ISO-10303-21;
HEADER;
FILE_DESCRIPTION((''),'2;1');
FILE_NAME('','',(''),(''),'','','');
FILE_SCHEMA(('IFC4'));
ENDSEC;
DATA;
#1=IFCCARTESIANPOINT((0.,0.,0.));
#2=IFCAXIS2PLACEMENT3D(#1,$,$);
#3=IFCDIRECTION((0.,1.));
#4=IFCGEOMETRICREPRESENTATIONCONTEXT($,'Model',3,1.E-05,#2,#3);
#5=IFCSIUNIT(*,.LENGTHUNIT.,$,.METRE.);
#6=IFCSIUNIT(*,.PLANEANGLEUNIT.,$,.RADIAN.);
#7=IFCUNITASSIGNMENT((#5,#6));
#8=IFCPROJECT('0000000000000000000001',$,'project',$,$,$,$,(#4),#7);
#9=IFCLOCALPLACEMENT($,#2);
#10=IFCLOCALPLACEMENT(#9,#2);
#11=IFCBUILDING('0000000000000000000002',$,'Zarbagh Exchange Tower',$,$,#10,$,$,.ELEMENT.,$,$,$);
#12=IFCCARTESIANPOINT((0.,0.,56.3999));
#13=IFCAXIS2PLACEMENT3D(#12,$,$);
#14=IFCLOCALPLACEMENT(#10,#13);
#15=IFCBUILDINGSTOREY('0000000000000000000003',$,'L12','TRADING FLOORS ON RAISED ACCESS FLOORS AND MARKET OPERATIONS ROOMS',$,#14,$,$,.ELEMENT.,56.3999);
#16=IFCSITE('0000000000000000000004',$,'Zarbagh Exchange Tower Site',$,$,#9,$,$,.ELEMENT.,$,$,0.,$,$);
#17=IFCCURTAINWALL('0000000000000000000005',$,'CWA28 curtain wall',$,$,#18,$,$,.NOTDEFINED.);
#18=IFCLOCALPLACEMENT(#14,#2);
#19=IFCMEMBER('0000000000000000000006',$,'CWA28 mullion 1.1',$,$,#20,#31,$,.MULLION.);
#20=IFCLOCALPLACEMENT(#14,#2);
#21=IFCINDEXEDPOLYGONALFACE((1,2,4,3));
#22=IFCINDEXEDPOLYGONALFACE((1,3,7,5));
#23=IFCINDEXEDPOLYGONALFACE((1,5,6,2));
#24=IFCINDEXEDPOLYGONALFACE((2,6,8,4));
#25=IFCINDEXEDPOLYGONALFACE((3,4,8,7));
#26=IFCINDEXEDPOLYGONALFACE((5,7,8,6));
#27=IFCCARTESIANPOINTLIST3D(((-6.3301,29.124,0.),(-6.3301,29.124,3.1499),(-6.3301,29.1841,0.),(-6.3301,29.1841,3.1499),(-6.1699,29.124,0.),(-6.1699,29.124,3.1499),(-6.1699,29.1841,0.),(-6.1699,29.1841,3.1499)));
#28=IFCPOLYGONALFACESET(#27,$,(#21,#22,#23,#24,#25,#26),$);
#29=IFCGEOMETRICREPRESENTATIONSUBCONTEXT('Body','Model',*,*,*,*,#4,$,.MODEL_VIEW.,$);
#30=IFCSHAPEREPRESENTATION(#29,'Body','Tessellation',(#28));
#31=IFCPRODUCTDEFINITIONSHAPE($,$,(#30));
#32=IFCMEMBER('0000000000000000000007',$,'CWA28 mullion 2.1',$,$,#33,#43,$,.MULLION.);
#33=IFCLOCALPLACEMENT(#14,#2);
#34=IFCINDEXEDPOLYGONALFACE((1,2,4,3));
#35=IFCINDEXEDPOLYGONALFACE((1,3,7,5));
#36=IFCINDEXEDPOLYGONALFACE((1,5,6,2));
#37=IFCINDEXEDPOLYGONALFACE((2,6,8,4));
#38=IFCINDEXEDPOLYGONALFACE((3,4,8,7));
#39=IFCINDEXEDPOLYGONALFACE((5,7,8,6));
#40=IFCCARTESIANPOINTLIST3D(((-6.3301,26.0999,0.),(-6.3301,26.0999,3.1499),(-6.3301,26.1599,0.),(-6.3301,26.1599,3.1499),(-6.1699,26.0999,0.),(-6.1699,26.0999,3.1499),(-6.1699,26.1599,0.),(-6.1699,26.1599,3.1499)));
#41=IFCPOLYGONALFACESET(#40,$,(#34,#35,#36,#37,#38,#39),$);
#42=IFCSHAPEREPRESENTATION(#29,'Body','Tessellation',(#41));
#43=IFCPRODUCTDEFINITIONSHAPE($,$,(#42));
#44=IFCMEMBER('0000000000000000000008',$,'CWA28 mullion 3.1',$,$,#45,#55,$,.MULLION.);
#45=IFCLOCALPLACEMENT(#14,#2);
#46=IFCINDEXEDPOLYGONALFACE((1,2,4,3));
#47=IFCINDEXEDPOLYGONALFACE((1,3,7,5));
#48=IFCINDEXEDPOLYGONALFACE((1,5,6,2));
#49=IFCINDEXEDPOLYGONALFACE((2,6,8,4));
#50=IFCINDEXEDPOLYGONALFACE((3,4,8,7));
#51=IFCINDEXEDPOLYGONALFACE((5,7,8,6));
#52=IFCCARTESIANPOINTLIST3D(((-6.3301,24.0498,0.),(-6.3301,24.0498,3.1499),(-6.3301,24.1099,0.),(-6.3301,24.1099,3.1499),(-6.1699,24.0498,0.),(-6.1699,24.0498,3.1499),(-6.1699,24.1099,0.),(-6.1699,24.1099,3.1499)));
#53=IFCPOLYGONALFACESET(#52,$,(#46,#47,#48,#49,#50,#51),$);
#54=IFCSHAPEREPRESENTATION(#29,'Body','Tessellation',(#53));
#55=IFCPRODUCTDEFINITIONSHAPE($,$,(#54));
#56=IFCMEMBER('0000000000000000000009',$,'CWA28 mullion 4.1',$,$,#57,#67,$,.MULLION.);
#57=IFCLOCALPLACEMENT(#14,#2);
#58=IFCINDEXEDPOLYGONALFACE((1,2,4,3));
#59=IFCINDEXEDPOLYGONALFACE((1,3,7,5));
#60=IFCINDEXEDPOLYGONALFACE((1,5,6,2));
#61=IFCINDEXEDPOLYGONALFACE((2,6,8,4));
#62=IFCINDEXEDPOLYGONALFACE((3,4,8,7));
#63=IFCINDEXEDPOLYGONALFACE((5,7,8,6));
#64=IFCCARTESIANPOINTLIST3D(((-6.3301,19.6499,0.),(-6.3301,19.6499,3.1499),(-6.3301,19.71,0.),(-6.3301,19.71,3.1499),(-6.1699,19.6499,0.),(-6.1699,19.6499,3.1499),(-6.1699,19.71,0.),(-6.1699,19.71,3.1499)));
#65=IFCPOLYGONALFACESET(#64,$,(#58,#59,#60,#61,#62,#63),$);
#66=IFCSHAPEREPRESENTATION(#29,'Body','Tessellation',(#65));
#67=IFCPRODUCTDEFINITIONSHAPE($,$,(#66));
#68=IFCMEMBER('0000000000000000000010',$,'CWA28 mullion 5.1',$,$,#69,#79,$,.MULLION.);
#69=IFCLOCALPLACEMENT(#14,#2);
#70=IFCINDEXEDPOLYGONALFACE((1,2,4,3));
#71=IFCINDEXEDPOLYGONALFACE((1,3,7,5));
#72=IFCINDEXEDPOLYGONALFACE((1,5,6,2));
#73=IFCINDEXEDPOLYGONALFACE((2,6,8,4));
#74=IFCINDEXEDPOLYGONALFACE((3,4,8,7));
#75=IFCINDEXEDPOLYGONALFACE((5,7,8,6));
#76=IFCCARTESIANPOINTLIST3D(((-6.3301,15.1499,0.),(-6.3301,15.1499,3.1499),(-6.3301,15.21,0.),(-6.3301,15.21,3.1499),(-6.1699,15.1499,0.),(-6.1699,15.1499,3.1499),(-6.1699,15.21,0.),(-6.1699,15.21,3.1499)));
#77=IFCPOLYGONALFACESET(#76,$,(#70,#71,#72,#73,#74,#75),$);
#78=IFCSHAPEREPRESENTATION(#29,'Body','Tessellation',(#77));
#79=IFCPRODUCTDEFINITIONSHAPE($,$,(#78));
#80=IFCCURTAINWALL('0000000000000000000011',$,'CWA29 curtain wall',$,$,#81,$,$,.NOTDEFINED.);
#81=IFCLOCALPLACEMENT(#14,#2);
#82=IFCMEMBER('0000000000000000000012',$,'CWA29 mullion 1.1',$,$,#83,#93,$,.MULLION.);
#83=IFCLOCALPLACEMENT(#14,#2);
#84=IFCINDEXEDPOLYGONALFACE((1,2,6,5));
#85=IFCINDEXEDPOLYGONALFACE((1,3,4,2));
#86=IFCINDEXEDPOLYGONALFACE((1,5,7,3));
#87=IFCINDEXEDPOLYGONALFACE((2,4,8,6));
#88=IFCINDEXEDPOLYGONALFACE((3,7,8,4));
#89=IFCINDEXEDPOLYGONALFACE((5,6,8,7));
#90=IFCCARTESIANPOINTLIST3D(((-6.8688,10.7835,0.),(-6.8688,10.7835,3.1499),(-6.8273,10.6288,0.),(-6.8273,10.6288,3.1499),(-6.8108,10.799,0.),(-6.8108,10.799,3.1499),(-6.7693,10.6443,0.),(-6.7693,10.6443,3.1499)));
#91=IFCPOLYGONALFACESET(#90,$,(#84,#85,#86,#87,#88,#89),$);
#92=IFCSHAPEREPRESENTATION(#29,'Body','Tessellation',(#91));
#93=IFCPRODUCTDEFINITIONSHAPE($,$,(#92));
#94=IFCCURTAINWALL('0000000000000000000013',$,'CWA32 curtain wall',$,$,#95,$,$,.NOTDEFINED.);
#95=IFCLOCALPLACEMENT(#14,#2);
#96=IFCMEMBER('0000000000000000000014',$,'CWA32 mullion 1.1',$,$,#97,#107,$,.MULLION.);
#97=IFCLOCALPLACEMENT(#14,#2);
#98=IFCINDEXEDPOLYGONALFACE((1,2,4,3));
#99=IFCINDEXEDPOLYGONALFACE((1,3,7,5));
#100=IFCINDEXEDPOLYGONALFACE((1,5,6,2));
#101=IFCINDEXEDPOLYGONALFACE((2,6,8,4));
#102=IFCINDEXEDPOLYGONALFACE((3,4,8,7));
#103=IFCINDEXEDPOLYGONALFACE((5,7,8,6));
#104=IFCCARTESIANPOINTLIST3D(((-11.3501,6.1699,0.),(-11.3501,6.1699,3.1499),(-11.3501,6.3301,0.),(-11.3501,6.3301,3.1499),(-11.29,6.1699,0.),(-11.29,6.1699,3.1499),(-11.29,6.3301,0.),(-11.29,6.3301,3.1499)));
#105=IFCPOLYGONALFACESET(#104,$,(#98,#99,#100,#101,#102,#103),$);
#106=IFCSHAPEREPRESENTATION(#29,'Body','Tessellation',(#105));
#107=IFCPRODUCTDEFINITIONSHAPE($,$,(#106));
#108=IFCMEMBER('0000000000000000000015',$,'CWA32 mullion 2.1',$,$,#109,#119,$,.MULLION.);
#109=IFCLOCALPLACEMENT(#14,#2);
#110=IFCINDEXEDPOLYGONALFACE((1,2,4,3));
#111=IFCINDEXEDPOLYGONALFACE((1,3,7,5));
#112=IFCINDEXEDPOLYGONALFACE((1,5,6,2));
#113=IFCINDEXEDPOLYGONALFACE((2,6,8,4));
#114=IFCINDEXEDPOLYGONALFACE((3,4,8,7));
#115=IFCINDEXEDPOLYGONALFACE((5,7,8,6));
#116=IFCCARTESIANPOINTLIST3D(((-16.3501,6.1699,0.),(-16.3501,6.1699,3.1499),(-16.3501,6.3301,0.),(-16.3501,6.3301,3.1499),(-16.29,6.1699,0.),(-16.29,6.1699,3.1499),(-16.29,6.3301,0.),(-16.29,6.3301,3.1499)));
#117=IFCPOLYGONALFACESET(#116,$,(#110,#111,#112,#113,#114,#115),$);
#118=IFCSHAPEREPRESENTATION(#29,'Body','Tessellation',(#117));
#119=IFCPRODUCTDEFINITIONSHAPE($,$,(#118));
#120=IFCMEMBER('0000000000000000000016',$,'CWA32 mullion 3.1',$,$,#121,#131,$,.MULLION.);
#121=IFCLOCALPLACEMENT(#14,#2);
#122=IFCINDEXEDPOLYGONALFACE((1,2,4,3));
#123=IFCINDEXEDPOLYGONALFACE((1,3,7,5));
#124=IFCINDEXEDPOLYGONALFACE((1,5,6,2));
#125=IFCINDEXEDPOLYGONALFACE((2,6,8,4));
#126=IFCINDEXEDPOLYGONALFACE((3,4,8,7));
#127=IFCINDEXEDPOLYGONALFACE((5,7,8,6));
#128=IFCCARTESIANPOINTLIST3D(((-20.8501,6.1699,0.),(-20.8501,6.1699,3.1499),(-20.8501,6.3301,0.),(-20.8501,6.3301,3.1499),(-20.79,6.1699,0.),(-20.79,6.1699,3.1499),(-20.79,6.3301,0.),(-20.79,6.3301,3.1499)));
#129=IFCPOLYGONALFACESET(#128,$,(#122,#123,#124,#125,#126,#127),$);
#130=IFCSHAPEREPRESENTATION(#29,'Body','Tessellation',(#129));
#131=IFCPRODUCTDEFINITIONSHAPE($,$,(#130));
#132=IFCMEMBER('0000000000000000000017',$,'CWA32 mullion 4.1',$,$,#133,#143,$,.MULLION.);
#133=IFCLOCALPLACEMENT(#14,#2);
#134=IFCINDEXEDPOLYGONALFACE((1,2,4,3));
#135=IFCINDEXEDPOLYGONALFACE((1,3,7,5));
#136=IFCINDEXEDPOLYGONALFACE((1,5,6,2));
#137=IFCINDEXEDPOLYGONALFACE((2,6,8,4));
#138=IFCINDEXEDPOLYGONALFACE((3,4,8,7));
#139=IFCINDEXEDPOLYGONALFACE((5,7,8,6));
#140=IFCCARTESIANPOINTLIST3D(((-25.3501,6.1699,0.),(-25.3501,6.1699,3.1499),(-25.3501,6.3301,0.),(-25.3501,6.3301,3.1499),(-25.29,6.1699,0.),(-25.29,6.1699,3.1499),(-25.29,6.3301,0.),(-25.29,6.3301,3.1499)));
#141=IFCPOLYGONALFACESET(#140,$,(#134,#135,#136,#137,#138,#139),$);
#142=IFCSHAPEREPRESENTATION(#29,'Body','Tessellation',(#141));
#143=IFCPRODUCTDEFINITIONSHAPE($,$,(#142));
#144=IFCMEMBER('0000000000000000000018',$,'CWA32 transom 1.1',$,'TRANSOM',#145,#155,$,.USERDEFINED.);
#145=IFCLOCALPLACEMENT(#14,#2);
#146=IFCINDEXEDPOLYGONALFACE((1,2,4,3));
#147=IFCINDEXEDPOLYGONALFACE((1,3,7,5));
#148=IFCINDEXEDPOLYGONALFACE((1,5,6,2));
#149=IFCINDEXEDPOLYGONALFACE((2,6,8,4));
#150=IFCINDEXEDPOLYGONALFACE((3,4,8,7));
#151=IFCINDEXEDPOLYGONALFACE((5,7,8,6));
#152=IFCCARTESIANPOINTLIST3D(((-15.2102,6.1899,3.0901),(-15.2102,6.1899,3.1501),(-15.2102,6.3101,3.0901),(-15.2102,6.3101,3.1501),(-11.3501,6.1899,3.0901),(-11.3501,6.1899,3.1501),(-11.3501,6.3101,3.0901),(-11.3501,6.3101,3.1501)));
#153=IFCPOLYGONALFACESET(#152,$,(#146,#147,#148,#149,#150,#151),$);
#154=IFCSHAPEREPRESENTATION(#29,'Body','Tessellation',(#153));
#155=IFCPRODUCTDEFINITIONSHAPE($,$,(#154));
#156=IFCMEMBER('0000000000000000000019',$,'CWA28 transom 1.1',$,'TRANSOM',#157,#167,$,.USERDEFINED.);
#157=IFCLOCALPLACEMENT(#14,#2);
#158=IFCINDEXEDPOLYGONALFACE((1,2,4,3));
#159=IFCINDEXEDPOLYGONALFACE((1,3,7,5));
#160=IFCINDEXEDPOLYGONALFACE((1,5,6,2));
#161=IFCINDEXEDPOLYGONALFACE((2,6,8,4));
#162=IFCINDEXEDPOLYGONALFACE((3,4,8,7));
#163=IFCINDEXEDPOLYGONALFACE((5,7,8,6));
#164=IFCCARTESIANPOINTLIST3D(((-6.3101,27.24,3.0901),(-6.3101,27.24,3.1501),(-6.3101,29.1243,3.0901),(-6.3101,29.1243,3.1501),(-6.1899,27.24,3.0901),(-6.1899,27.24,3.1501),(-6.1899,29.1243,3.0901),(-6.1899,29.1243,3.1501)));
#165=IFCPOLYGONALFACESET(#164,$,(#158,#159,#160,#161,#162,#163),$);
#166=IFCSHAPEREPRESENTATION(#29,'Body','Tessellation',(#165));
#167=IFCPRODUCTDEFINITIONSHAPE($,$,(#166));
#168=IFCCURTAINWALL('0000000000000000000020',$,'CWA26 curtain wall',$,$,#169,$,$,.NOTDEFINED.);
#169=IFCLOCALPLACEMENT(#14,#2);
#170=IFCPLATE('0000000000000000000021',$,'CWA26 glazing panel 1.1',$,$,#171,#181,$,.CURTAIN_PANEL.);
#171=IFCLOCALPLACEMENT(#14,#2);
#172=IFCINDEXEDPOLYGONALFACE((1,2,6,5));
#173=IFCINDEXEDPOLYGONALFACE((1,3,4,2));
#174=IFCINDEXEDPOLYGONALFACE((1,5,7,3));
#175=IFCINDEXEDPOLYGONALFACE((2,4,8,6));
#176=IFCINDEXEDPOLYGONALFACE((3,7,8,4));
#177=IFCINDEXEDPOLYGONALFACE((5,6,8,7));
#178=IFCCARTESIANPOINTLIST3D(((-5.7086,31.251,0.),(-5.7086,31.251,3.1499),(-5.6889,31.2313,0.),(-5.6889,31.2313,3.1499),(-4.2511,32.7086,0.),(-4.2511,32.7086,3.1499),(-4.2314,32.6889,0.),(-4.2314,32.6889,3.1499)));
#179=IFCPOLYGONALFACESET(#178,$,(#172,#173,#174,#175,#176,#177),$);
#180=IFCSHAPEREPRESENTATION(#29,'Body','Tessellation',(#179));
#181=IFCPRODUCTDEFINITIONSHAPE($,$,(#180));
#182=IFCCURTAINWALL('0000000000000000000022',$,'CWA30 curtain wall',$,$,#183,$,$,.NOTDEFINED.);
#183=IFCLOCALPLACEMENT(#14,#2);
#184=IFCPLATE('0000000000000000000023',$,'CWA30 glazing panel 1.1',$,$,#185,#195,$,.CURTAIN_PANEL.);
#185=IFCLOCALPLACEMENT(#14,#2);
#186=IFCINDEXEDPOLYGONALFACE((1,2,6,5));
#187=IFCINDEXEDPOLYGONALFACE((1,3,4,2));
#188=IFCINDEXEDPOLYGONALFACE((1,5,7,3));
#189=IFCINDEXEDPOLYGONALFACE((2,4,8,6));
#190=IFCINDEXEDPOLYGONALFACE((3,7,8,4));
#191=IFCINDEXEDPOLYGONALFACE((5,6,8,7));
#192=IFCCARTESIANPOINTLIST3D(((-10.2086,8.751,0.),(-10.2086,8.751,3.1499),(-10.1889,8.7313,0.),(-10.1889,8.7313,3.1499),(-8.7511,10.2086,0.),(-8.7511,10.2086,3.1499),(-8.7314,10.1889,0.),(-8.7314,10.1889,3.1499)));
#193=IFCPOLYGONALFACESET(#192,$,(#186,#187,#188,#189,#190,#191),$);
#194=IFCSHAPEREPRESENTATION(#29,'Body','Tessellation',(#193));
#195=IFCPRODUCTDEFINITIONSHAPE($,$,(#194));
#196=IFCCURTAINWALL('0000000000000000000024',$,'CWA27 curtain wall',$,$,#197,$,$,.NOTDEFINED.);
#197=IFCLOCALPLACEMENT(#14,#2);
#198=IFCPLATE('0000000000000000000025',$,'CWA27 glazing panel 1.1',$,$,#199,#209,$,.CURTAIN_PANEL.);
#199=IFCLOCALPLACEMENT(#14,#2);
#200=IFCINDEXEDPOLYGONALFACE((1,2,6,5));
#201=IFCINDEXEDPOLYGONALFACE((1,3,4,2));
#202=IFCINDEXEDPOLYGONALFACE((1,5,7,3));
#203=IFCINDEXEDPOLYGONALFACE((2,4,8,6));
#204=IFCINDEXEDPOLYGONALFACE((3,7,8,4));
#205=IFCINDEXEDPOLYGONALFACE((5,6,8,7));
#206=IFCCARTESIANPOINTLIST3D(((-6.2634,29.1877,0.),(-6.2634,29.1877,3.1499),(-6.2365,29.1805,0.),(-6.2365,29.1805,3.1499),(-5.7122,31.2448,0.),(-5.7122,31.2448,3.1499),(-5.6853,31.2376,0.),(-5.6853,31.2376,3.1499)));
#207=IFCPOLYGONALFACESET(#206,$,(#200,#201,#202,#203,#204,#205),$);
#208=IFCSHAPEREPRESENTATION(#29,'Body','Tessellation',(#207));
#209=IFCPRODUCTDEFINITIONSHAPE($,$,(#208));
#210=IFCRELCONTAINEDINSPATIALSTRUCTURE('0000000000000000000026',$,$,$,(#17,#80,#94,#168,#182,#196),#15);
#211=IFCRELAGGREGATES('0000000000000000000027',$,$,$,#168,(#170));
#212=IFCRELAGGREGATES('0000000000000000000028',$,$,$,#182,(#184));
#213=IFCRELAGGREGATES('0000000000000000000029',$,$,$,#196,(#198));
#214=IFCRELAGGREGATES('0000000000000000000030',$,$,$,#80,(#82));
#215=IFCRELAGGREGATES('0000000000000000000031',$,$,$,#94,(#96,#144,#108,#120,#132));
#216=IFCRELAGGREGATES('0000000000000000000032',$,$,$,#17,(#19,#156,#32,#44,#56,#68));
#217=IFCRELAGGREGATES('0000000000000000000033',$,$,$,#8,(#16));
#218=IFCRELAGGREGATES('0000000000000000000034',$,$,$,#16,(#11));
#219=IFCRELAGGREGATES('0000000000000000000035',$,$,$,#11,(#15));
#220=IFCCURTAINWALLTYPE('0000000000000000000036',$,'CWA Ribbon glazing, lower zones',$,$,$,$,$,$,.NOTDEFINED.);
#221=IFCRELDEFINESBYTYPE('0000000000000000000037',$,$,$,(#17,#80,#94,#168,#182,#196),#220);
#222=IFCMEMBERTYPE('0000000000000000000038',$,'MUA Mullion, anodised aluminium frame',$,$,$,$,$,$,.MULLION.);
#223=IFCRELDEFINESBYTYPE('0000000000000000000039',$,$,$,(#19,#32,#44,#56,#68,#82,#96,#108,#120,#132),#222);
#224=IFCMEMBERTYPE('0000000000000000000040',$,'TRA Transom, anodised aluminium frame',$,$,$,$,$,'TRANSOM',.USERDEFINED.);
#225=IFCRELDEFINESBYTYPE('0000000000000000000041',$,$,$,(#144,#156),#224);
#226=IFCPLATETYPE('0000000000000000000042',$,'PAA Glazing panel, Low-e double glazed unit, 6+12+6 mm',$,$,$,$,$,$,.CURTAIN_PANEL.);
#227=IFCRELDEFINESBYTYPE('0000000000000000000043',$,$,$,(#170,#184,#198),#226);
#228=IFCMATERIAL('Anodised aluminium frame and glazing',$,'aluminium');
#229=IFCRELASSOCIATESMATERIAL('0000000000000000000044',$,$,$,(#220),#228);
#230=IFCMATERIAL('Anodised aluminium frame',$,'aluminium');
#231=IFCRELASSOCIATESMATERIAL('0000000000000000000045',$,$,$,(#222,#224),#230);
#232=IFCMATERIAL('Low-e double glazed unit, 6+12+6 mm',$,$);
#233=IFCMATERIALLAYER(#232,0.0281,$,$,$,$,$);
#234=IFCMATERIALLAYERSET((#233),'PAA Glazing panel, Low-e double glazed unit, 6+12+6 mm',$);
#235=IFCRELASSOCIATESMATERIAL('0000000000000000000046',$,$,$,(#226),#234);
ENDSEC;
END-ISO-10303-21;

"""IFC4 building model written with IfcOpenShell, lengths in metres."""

from ifc_helpers import new_model, si_unit, direction, frame, origin, place, context, subcontext, project, spatial, polyline, outline, extrude, source, transform, mapped, material, layer, layer_set, type_object, element, aggregate, save


model = new_model("IFC4")

# Units and contexts
model_context = context("Model", 3, precision=1e-05, world=origin(), true_north=direction((0.0, 1.0)))
body_context = subcontext(model_context, "Body", "Model", "MODEL_VIEW")
ifc_project = project(units=[si_unit("LENGTHUNIT", "METRE"), si_unit("PLANEANGLEUNIT", "RADIAN")], contexts=[model_context])

# Site, building, storey
site_placement = place(None, origin())
site = spatial("IfcSite", under=ifc_project, at=site_placement, Name="Zarbagh Exchange Tower Site", CompositionType="ELEMENT", RefElevation=0.0)
building_placement = place(site_placement, origin())
building = spatial("IfcBuilding", under=site, at=building_placement, Name="Zarbagh Exchange Tower", CompositionType="ELEMENT")
storey_placement = place(building_placement, frame((0.0, 0.0, 56.3999)))
storey = spatial("IfcBuildingStorey", under=building, at=storey_placement, Name="L12", Description="TRADING FLOORS ON RAISED ACCESS FLOORS AND MARKET OPERATIONS ROOMS", CompositionType="ELEMENT", Elevation=56.3999)

# Curtain wall, members
ifc_material_1 = material(Name="Anodised aluminium frame and glazing", Category="aluminium")
curtain_wall_type = type_object("IfcCurtainWallType", Name="CWA Ribbon glazing, lower zones", PredefinedType="NOTDEFINED", material=ifc_material_1)
curtain_wall_1_placement = place(storey_placement, origin())
curtain_wall_1 = element("IfcCurtainWall", 1, at=curtain_wall_1_placement, inside=storey, type_object=curtain_wall_type, Name="CWA28 curtain wall", PredefinedType="NOTDEFINED")
ifc_material_2 = material(Name="Anodised aluminium frame", Category="aluminium")
member_type_1 = type_object("IfcMemberType", Name="MUA Mullion, anodised aluminium frame", PredefinedType="MULLION", material=ifc_material_2)
shared_shape_1 = source(origin(), body_context, "Body", "SweptSolid", [
    extrude(outline(polyline([(0.0, -0.0801), (0.0601, -0.0801), (0.0601, 0.0801), (0.0, 0.0801), (0.0, -0.0801)])), origin(), (0.0, 0.0, 1.0), 3.1499),
])
placement = place(storey_placement, origin())
member_1 = element("IfcMember", 2, at=placement, type_object=member_type_1, Name="CWA28 mullion 1.1", PredefinedType="MULLION", context=body_context, shape_type="MappedRepresentation", body=[
    mapped(shared_shape_1, transform((-6.25, 29.1841, 0.0), x_axis=(0.0, -1.0, 0.0), y_axis=(1.0, 0.0, 0.0), z_axis=(0.0, 0.0, 1.0))),
])
member_2 = element("IfcMember", 3, at=placement, type_object=member_type_1, Name="CWA28 mullion 2.1", PredefinedType="MULLION", context=body_context, shape_type="MappedRepresentation", body=[
    mapped(shared_shape_1, transform((-6.25, 26.1599, 0.0), x_axis=(0.0, -1.0, 0.0), y_axis=(1.0, 0.0, 0.0), z_axis=(0.0, 0.0, 1.0))),
])
member_3 = element("IfcMember", 4, at=placement, type_object=member_type_1, Name="CWA28 mullion 3.1", PredefinedType="MULLION", context=body_context, shape_type="MappedRepresentation", body=[
    mapped(shared_shape_1, transform((-6.25, 24.1099, 0.0), x_axis=(0.0, -1.0, 0.0), y_axis=(1.0, 0.0, 0.0), z_axis=(0.0, 0.0, 1.0))),
])
member_4 = element("IfcMember", 5, at=placement, type_object=member_type_1, Name="CWA28 mullion 4.1", PredefinedType="MULLION", context=body_context, shape_type="MappedRepresentation", body=[
    mapped(shared_shape_1, transform((-6.25, 19.71, 0.0), x_axis=(0.0, -1.0, 0.0), y_axis=(1.0, 0.0, 0.0), z_axis=(0.0, 0.0, 1.0))),
])
member_5 = element("IfcMember", 6, at=placement, type_object=member_type_1, Name="CWA28 mullion 5.1", PredefinedType="MULLION", context=body_context, shape_type="MappedRepresentation", body=[
    mapped(shared_shape_1, transform((-6.25, 15.21, 0.0), x_axis=(0.0, -1.0, 0.0), y_axis=(1.0, 0.0, 0.0), z_axis=(0.0, 0.0, 1.0))),
])

# Curtain wall, member
curtain_wall_2_placement = place(storey_placement, origin())
curtain_wall_2 = element("IfcCurtainWall", 7, at=curtain_wall_2_placement, inside=storey, type_object=curtain_wall_type, Name="CWA29 curtain wall", PredefinedType="NOTDEFINED")
member_6 = element("IfcMember", 8, at=placement, type_object=member_type_1, Name="CWA29 mullion 1.1", PredefinedType="MULLION", context=body_context, shape_type="MappedRepresentation", body=[
    mapped(shared_shape_1, transform((-6.79, 10.7217, 0.0), x_axis=(-0.965924, -0.258825, 0.0), y_axis=(0.258825, -0.965924, 0.0), z_axis=(0.0, 0.0, 1.0))),
])

# Curtain wall, members
curtain_wall_3_placement = place(storey_placement, origin())
curtain_wall_3 = element("IfcCurtainWall", 9, at=curtain_wall_3_placement, inside=storey, type_object=curtain_wall_type, Name="CWA32 curtain wall", PredefinedType="NOTDEFINED")
member_7 = element("IfcMember", 10, at=placement, type_object=member_type_1, Name="CWA32 mullion 1.1", PredefinedType="MULLION", context=body_context, shape_type="MappedRepresentation", body=[
    mapped(shared_shape_1, transform((-11.29, 6.25, 0.0), x_axis=(-1.0, 0.0, 0.0), y_axis=(0.0, -1.0, 0.0), z_axis=(0.0, 0.0, 1.0))),
])
member_8 = element("IfcMember", 11, at=placement, type_object=member_type_1, Name="CWA32 mullion 2.1", PredefinedType="MULLION", context=body_context, shape_type="MappedRepresentation", body=[
    mapped(shared_shape_1, transform((-16.29, 6.25, 0.0), x_axis=(-1.0, 0.0, 0.0), y_axis=(0.0, -1.0, 0.0), z_axis=(0.0, 0.0, 1.0))),
])
member_9 = element("IfcMember", 12, at=placement, type_object=member_type_1, Name="CWA32 mullion 3.1", PredefinedType="MULLION", context=body_context, shape_type="MappedRepresentation", body=[
    mapped(shared_shape_1, transform((-20.79, 6.25, 0.0), x_axis=(-1.0, 0.0, 0.0), y_axis=(0.0, -1.0, 0.0), z_axis=(0.0, 0.0, 1.0))),
])
member_10 = element("IfcMember", 13, at=placement, type_object=member_type_1, Name="CWA32 mullion 4.1", PredefinedType="MULLION", context=body_context, shape_type="MappedRepresentation", body=[
    mapped(shared_shape_1, transform((-25.29, 6.25, 0.0), x_axis=(-1.0, 0.0, 0.0), y_axis=(0.0, -1.0, 0.0), z_axis=(0.0, 0.0, 1.0))),
])
member_type_2 = type_object("IfcMemberType", Name="TRA Transom, anodised aluminium frame", ElementType="TRANSOM", PredefinedType="USERDEFINED", material=ifc_material_2)
shared_shape_2 = source(origin(), body_context, "Body", "SweptSolid", [
    extrude(outline(polyline([(-0.0601, -0.0601), (0.0, -0.0601), (0.0, 0.0601), (-0.0601, 0.0601), (-0.0601, -0.0601)])), origin(), (0.0, 0.0, 1.0), 3.8601),
])
member_11 = element("IfcMember", 14, at=placement, type_object=member_type_2, Name="CWA32 transom 1.1", ObjectType="TRANSOM", PredefinedType="USERDEFINED", context=body_context, shape_type="MappedRepresentation", body=[
    mapped(shared_shape_2, transform((-11.3501, 6.25, 3.1501), x_axis=(0.0, 0.0, 1.0), y_axis=(0.0, 1.0, 0.0), z_axis=(-1.0, 0.0, 0.0))),
])

# Member
shared_shape_3 = source(origin(), body_context, "Body", "SweptSolid", [
    extrude(outline(polyline([(-0.0601, -0.0601), (0.0, -0.0601), (0.0, 0.0601), (-0.0601, 0.0601), (-0.0601, -0.0601)])), origin(), (0.0, 0.0, 1.0), 1.8843),
])
member_12 = element("IfcMember", 15, at=placement, type_object=member_type_2, Name="CWA28 transom 1.1", ObjectType="TRANSOM", PredefinedType="USERDEFINED", context=body_context, shape_type="MappedRepresentation", body=[
    mapped(shared_shape_3, transform((-6.25, 29.1243, 3.1501), x_axis=(0.0, 0.0, 1.0), y_axis=(-1.0, 0.0, 0.0), z_axis=(0.0, -1.0, 0.0))),
])

# Curtain walls, plates
curtain_wall_4_placement = place(storey_placement, origin())
curtain_wall_4 = element("IfcCurtainWall", 16, at=curtain_wall_4_placement, inside=storey, type_object=curtain_wall_type, Name="CWA26 curtain wall", PredefinedType="NOTDEFINED")
ifc_material_3 = material(Name="Low-e double glazed unit, 6+12+6 mm")
ifc_layer = layer(ifc_material_3, 0.0281)
ifc_layer_set = layer_set([ifc_layer], Name="PAA Glazing panel, Low-e double glazed unit, 6+12+6 mm")
plate_type = type_object("IfcPlateType", Name="PAA Glazing panel, Low-e double glazed unit, 6+12+6 mm", PredefinedType="CURTAIN_PANEL", material=ifc_layer_set)
shared_shape_4 = source(origin(), body_context, "Body", "SweptSolid", [
    extrude(outline(polyline([(0.0, -0.0139), (2.0613, -0.0139), (2.0613, 0.0139), (0.0, 0.0139), (0.0, -0.0139)])), origin(), (0.0, 0.0, 1.0), 3.1499),
])
plate_1 = element("IfcPlate", 17, at=placement, type_object=plate_type, Name="CWA26 glazing panel 1.1", PredefinedType="CURTAIN_PANEL", context=body_context, shape_type="MappedRepresentation", body=[
    mapped(shared_shape_4, transform((-4.2412, 32.6987, 0.0), x_axis=(-0.707107, -0.707107, 0.0), y_axis=(0.707107, -0.707107, 0.0), z_axis=(0.0, 0.0, 1.0))),
])
aggregate(curtain_wall_4, [plate_1])
curtain_wall_5_placement = place(storey_placement, origin())
curtain_wall_5 = element("IfcCurtainWall", 18, at=curtain_wall_5_placement, inside=storey, type_object=curtain_wall_type, Name="CWA30 curtain wall", PredefinedType="NOTDEFINED")
plate_2 = element("IfcPlate", 19, at=placement, type_object=plate_type, Name="CWA30 glazing panel 1.1", PredefinedType="CURTAIN_PANEL", context=body_context, shape_type="MappedRepresentation", body=[
    mapped(shared_shape_4, transform((-8.7412, 10.1987, 0.0), x_axis=(-0.707107, -0.707107, 0.0), y_axis=(0.707107, -0.707107, 0.0), z_axis=(0.0, 0.0, 1.0))),
])
aggregate(curtain_wall_5, [plate_2])
curtain_wall_6_placement = place(storey_placement, origin())
curtain_wall_6 = element("IfcCurtainWall", 20, at=curtain_wall_6_placement, inside=storey, type_object=curtain_wall_type, Name="CWA27 curtain wall", PredefinedType="NOTDEFINED")
shared_shape_5 = source(origin(), body_context, "Body", "SweptSolid", [
    extrude(outline(polyline([(0.0, -0.0139), (2.1296, -0.0139), (2.1296, 0.0139), (0.0, 0.0139), (0.0, -0.0139)])), origin(), (0.0, 0.0, 1.0), 3.1499),
])
plate_3 = element("IfcPlate", 21, at=placement, type_object=plate_type, Name="CWA27 glazing panel 1.1", PredefinedType="CURTAIN_PANEL", context=body_context, shape_type="MappedRepresentation", body=[
    mapped(shared_shape_5, transform((-5.6987, 31.2412, 0.0), x_axis=(-0.258825, -0.965924, 0.0), y_axis=(0.965924, -0.258825, 0.0), z_axis=(0.0, 0.0, 1.0))),
])
aggregate(curtain_wall_6, [plate_3])

aggregate(curtain_wall_2, [member_6])

aggregate(curtain_wall_3, [member_7, member_11, member_8, member_9, member_10])
aggregate(curtain_wall_1, [member_1, member_12, member_2, member_3, member_4, member_5])

save(model, "model.ifc")
